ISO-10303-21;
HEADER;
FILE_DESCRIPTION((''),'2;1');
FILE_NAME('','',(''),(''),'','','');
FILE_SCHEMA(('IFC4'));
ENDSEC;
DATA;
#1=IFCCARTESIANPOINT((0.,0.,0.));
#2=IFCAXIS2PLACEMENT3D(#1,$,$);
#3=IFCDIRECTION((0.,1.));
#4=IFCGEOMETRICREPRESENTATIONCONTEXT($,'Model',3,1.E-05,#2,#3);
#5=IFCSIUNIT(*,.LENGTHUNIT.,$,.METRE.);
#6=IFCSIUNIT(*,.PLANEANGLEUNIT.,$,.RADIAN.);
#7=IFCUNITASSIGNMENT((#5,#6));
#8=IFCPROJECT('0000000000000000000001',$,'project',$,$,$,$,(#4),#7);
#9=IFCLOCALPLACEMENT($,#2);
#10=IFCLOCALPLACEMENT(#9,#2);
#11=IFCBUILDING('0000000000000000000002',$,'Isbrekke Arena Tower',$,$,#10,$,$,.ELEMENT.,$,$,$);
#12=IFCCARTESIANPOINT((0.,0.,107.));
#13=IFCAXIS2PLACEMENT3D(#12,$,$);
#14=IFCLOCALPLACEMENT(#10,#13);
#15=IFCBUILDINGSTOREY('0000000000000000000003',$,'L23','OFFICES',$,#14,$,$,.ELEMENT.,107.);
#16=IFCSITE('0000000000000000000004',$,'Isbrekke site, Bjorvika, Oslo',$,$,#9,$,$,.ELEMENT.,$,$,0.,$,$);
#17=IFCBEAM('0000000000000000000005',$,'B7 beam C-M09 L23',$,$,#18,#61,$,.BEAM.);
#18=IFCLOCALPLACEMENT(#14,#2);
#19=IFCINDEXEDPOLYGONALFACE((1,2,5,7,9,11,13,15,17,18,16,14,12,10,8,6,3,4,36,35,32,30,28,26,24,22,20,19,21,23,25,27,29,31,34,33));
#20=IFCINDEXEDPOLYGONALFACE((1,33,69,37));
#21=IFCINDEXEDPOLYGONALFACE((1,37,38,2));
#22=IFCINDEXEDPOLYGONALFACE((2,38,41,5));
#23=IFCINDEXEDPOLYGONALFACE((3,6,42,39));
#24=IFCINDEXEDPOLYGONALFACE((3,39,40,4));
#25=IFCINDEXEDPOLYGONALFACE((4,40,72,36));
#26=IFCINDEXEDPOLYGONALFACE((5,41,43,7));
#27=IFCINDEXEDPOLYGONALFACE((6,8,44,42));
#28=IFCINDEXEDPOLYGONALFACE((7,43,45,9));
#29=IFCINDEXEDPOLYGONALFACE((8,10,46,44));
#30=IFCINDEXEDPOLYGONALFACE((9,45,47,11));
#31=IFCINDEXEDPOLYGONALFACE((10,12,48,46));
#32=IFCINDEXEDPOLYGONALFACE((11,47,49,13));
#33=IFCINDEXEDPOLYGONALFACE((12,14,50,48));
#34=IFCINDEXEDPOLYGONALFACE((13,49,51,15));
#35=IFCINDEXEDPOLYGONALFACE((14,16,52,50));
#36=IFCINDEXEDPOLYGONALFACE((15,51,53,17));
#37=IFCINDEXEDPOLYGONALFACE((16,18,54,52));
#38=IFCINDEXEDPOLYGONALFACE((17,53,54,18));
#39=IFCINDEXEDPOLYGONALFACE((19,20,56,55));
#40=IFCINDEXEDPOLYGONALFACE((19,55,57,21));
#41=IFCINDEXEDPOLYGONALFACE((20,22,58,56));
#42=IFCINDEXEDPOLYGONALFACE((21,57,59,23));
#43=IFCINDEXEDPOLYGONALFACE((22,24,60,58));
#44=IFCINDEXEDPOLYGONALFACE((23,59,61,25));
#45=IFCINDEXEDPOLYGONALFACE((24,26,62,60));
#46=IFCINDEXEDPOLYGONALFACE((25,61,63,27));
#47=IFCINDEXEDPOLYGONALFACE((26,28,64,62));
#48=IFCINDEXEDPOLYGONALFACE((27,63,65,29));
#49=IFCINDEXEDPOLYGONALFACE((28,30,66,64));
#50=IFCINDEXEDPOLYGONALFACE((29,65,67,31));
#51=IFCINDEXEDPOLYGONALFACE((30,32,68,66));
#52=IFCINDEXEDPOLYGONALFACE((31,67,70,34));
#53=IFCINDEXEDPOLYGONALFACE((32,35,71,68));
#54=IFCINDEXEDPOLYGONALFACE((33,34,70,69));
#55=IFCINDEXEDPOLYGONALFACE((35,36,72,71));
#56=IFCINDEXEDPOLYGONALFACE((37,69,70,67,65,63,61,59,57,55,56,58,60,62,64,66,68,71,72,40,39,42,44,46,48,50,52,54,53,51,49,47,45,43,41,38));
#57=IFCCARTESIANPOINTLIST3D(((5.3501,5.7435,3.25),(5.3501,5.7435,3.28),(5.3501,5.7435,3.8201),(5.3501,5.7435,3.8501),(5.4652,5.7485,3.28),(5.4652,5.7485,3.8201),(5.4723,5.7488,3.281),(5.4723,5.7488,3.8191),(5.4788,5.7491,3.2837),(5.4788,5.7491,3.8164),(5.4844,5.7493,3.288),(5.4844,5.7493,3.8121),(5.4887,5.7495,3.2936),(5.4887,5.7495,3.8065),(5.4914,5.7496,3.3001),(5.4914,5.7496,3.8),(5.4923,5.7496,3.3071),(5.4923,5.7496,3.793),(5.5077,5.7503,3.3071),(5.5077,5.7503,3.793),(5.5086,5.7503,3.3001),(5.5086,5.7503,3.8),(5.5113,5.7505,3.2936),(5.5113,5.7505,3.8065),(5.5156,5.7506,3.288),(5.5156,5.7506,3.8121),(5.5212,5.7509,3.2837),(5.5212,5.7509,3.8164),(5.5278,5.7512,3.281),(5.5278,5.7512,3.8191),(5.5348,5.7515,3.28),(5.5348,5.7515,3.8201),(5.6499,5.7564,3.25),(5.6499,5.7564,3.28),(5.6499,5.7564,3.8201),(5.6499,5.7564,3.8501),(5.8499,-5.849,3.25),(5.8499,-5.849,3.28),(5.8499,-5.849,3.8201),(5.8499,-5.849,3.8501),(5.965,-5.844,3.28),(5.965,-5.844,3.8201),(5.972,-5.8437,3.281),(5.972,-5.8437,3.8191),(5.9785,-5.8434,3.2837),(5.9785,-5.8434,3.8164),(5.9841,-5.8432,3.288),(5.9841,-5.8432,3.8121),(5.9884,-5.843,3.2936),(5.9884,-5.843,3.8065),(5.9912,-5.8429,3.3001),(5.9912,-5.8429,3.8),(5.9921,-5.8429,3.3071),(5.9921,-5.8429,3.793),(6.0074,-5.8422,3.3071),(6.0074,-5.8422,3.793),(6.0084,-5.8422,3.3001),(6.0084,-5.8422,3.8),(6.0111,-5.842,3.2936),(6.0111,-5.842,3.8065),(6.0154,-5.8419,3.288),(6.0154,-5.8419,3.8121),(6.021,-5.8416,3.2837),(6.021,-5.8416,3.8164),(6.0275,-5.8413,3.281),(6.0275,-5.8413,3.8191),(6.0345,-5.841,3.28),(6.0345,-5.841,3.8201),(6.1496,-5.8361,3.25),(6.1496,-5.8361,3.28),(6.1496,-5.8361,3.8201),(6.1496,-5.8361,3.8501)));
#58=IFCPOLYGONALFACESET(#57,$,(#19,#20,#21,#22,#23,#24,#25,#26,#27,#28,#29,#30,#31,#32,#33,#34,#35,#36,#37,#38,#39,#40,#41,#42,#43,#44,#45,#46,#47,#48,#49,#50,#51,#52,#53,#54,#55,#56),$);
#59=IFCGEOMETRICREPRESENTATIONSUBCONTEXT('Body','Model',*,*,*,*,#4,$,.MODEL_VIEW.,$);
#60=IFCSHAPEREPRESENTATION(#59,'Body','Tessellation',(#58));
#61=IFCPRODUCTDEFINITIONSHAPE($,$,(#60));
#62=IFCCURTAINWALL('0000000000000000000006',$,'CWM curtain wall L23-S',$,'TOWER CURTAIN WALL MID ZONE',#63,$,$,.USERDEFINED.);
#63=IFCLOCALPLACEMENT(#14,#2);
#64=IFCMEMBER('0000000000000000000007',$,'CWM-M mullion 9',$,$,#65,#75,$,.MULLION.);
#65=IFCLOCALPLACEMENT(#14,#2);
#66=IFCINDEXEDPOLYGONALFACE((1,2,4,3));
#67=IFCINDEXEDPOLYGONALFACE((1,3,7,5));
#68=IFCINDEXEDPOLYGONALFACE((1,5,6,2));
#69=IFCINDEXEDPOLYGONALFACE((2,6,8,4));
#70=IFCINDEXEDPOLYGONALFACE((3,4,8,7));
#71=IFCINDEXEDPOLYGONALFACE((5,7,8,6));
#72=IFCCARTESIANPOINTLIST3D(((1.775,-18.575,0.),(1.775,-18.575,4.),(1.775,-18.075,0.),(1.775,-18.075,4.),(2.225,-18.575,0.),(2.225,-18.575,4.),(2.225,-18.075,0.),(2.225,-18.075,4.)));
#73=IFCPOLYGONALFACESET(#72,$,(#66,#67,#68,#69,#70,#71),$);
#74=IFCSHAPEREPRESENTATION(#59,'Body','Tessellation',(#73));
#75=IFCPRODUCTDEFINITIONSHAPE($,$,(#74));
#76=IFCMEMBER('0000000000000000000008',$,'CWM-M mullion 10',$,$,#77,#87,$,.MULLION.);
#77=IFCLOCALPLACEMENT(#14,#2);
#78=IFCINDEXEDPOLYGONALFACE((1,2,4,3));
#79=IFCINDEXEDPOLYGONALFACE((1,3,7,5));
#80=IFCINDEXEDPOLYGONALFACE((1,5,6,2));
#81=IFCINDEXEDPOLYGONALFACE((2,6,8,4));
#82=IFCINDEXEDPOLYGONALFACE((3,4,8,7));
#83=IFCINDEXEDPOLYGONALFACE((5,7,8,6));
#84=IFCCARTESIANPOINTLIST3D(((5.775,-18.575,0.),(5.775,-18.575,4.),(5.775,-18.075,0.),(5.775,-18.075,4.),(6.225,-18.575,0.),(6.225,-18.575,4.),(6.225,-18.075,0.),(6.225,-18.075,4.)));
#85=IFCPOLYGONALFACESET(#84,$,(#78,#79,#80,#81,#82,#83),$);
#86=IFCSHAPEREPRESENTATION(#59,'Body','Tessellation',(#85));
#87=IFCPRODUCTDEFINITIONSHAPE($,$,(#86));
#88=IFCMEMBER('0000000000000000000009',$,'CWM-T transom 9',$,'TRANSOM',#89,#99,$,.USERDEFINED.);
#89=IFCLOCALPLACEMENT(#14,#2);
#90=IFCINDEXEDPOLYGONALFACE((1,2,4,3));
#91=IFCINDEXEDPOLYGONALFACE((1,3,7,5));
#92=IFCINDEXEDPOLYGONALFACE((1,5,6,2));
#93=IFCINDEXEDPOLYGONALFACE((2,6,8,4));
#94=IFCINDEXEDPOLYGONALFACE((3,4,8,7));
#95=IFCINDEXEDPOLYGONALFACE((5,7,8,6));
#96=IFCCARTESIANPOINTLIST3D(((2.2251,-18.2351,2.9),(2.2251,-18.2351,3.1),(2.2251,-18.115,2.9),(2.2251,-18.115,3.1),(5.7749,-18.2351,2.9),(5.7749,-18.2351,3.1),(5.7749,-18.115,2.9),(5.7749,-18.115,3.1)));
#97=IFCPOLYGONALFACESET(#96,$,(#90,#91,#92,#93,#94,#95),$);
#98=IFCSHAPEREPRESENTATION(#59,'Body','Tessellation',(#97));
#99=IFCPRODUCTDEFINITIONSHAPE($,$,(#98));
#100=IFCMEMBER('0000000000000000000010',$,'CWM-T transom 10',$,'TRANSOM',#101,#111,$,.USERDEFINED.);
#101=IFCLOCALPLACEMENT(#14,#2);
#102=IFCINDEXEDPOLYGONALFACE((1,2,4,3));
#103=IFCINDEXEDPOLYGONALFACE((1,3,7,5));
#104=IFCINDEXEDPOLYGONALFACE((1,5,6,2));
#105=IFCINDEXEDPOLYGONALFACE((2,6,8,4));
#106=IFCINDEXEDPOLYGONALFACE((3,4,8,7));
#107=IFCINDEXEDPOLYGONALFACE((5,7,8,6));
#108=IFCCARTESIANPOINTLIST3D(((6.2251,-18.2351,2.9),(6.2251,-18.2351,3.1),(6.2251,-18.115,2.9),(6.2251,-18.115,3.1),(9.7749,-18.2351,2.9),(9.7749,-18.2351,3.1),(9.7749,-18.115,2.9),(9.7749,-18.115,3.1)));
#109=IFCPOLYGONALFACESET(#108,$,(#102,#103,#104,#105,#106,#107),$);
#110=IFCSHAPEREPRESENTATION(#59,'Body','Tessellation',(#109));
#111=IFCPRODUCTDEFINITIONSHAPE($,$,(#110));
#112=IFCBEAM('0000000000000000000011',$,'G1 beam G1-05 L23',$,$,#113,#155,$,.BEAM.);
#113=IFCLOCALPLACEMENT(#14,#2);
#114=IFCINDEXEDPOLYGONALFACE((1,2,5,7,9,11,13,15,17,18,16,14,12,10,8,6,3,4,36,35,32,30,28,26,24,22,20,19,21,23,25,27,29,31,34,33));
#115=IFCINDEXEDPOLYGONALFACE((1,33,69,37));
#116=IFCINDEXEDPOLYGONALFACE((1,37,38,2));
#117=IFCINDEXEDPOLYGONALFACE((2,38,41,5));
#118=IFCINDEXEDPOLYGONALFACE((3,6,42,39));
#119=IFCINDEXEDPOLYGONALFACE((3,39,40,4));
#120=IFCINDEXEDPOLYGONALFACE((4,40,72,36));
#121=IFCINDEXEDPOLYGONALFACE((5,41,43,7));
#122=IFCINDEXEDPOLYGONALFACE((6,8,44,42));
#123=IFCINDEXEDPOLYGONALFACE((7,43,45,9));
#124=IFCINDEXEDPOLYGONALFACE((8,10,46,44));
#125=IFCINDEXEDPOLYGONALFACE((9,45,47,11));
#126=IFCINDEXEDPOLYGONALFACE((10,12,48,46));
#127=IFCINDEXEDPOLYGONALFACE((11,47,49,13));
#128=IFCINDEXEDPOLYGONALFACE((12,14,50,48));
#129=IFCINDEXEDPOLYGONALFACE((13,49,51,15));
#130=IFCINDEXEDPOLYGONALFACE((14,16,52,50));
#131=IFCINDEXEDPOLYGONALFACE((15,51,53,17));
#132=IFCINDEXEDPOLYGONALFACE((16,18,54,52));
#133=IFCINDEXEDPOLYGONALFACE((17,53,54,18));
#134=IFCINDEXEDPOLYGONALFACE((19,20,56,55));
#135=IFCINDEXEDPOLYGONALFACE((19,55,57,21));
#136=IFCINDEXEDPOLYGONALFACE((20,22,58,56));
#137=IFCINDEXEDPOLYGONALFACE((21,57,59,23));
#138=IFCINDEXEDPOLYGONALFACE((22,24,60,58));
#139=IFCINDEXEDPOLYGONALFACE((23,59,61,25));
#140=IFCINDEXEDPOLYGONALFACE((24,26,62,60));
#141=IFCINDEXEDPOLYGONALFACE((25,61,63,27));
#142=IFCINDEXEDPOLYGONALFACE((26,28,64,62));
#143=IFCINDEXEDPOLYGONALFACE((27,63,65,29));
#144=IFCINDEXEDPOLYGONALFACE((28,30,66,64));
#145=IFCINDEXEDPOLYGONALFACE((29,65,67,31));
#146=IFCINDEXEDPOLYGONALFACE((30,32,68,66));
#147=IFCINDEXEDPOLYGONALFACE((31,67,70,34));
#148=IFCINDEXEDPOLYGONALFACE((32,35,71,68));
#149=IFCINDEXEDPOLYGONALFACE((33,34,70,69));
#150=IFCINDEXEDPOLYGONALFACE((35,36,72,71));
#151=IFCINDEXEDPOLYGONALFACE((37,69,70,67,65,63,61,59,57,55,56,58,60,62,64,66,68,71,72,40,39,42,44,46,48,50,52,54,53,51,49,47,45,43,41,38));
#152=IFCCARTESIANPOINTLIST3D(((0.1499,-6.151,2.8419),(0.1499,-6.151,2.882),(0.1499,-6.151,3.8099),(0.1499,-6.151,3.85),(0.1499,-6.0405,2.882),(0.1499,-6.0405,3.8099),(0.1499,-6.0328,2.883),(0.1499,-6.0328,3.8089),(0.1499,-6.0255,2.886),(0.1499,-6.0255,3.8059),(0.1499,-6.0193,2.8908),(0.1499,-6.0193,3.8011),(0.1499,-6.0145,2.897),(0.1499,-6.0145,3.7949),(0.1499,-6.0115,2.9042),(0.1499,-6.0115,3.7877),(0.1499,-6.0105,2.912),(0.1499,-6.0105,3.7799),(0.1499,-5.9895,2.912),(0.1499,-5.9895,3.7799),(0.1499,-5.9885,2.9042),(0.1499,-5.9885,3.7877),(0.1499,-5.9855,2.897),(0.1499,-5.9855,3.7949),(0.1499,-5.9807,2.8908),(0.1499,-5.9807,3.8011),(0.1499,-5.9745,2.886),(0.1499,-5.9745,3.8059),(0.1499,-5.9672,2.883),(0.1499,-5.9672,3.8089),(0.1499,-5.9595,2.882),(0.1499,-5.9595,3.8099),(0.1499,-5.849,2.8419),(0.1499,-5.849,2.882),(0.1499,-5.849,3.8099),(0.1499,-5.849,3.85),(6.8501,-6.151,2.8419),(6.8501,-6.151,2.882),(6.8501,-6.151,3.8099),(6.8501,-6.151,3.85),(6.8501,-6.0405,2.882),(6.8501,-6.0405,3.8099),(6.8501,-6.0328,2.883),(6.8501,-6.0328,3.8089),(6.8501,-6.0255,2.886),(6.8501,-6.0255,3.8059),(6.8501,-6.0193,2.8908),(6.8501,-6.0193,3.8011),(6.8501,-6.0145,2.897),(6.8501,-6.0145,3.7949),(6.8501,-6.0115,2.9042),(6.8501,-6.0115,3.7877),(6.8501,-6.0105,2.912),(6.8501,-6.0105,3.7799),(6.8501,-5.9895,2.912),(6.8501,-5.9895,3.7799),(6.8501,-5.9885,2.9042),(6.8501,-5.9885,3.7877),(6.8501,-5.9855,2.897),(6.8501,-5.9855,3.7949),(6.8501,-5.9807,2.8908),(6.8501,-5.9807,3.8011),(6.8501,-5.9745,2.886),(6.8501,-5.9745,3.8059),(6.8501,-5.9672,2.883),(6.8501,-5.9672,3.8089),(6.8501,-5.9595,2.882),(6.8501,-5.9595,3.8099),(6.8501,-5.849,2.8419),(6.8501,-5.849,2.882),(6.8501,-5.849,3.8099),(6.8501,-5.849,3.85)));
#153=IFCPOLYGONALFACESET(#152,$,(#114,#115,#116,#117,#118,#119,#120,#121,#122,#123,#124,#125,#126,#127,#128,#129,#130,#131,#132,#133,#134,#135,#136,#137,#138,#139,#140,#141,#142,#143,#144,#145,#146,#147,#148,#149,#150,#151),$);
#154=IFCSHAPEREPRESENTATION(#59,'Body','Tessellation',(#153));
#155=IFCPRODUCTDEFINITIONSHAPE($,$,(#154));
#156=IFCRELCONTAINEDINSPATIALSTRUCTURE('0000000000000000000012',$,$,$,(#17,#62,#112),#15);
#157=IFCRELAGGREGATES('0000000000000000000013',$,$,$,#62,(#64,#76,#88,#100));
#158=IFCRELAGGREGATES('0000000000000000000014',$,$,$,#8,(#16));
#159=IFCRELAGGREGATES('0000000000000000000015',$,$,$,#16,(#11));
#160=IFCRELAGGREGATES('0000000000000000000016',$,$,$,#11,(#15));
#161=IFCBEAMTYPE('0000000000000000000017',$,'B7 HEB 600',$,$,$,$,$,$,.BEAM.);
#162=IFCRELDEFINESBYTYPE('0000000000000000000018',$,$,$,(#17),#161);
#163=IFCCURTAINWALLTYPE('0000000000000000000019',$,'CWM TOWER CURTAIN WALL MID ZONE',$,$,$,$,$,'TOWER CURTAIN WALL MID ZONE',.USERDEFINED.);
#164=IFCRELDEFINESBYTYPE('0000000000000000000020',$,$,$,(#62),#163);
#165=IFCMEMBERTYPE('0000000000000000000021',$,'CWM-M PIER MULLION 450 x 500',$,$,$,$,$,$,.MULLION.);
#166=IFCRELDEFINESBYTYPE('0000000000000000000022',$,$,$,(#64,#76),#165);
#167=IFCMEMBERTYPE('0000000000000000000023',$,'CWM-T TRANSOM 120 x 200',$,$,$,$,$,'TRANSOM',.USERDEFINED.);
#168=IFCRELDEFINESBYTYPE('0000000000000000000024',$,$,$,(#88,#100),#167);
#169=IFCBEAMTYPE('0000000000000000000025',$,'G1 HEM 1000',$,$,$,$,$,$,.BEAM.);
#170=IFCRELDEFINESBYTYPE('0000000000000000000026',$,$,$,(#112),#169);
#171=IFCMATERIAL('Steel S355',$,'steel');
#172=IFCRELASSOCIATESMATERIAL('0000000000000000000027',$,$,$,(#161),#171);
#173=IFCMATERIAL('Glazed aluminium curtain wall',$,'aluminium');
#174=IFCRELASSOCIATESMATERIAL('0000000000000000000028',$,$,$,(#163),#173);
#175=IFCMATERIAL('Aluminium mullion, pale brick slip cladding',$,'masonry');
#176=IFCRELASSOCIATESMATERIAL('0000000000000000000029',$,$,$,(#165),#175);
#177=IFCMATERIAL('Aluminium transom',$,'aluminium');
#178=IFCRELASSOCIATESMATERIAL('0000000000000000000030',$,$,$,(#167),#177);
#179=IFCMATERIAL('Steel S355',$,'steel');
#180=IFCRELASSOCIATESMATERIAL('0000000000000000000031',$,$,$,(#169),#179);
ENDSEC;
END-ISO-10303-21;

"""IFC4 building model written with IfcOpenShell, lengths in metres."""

from ifc_helpers import new_model, si_unit, direction, frame, origin, origin_2d, place, context, subcontext, project, spatial, rectangle, i_section, extrude, material, material_profile, profile_set, type_object, element, aggregate, save


model = new_model("IFC4")

# Units and contexts
model_context = context("Model", 3, precision=1e-05, world=origin(), true_north=direction((0.0, 1.0)))
body_context = subcontext(model_context, "Body", "Model", "MODEL_VIEW")
ifc_project = project(units=[si_unit("LENGTHUNIT", "METRE"), si_unit("PLANEANGLEUNIT", "RADIAN")], contexts=[model_context])

# Site, building, storey
site_placement = place(None, origin())
site = spatial("IfcSite", under=ifc_project, at=site_placement, Name="Isbrekke site, Bjorvika, Oslo", CompositionType="ELEMENT", RefElevation=0.0)
building_placement = place(site_placement, origin())
building = spatial("IfcBuilding", under=site, at=building_placement, Name="Isbrekke Arena Tower", CompositionType="ELEMENT")
storey_placement = place(building_placement, frame((0.0, 0.0, 107.0)))
storey = spatial("IfcBuildingStorey", under=building, at=storey_placement, Name="L23", Description="OFFICES", CompositionType="ELEMENT", Elevation=107.0)

# Beam
ifc_material_1 = material(Name="Steel S355", Category="steel")
ifc_material_profile_1 = material_profile(ifc_material_1, i_section(OverallWidth=0.3, OverallDepth=0.6001, WebThickness=0.0154, FlangeThickness=0.03, FilletRadius=0.0271, at=origin_2d()), Name="HEB 600")
ifc_profile_set_1 = profile_set([ifc_material_profile_1], Name="Steel S355")
beam_type_1 = type_object("IfcBeamType", Name="B7 HEB 600", PredefinedType="BEAM", material=ifc_profile_set_1)
beam_1_placement = place(storey_placement, frame((5.9998, -5.8425, 3.55), z_axis=(-0.04307, 0.999072, 0.0), x_axis=(-0.999072, -0.04307, 0.0)))
element("IfcBeam", 1, at=beam_1_placement, inside=storey, type_object=beam_type_1, Name="B7 beam C-M09 L23", PredefinedType="BEAM", context=body_context, shape_type="SweptSolid", body=[
    extrude(i_section(OverallWidth=0.3, OverallDepth=0.6001, WebThickness=0.0154, FlangeThickness=0.03, FilletRadius=0.0271, at=origin_2d()), origin(), (0.0, 0.0, 1.0), 11.6033),
])

# Curtain wall, members
ifc_material_2 = material(Name="Glazed aluminium curtain wall", Category="aluminium")
curtain_wall_type = type_object("IfcCurtainWallType", Name="CWM TOWER CURTAIN WALL MID ZONE", ElementType="TOWER CURTAIN WALL MID ZONE", PredefinedType="USERDEFINED", material=ifc_material_2)
curtain_wall_placement = place(storey_placement, origin())
curtain_wall = element("IfcCurtainWall", 2, at=curtain_wall_placement, inside=storey, type_object=curtain_wall_type, Name="CWM curtain wall L23-S", ObjectType="TOWER CURTAIN WALL MID ZONE", PredefinedType="USERDEFINED")
ifc_material_3 = material(Name="Aluminium mullion, pale brick slip cladding", Category="masonry")
ifc_material_profile_2 = material_profile(ifc_material_3, rectangle(XDim=0.45, YDim=0.5, at=origin_2d()), Name="PIER 450X500")
ifc_profile_set_2 = profile_set([ifc_material_profile_2], Name="Aluminium mullion, pale brick slip cladding")
member_type_1 = type_object("IfcMemberType", Name="CWM-M PIER MULLION 450 x 500", PredefinedType="MULLION", material=ifc_profile_set_2)
member_1_placement = place(storey_placement, frame((2.0, -18.325, 0.0), z_axis=(0.0, 0.0, 1.0), x_axis=(1.0, 0.0, 0.0)))
member_1 = element("IfcMember", 3, at=member_1_placement, type_object=member_type_1, Name="CWM-M mullion 9", PredefinedType="MULLION", context=body_context, shape_type="SweptSolid", body=[
    extrude(rectangle(XDim=0.45, YDim=0.5, at=origin_2d()), origin(), (0.0, 0.0, 1.0), 4.0),
])
member_2_placement = place(storey_placement, frame((6.0, -18.325, 0.0), z_axis=(0.0, 0.0, 1.0), x_axis=(1.0, 0.0, 0.0)))
member_2 = element("IfcMember", 4, at=member_2_placement, type_object=member_type_1, Name="CWM-M mullion 10", PredefinedType="MULLION", context=body_context, shape_type="SweptSolid", body=[
    extrude(rectangle(XDim=0.45, YDim=0.5, at=origin_2d()), origin(), (0.0, 0.0, 1.0), 4.0),
])
ifc_material_4 = material(Name="Aluminium transom", Category="aluminium")
ifc_material_profile_3 = material_profile(ifc_material_4, rectangle(XDim=0.1201, YDim=0.2, at=origin_2d()), Name="TRANSOM 120X200")
ifc_profile_set_3 = profile_set([ifc_material_profile_3], Name="Aluminium transom")
member_type_2 = type_object("IfcMemberType", Name="CWM-T TRANSOM 120 x 200", ElementType="TRANSOM", PredefinedType="USERDEFINED", material=ifc_profile_set_3)
member_3_placement = place(storey_placement, frame((2.2251, -18.175, 3.0), z_axis=(1.0, 0.0, 0.0), x_axis=(0.0, 1.0, 0.0)))
member_3 = element("IfcMember", 5, at=member_3_placement, type_object=member_type_2, Name="CWM-T transom 9", ObjectType="TRANSOM", PredefinedType="USERDEFINED", context=body_context, shape_type="SweptSolid", body=[
    extrude(rectangle(XDim=0.1201, YDim=0.2, at=origin_2d()), origin(), (0.0, 0.0, 1.0), 3.5498),
])
member_4_placement = place(storey_placement, frame((6.2251, -18.175, 3.0), z_axis=(1.0, 0.0, 0.0), x_axis=(0.0, 1.0, 0.0)))
member_4 = element("IfcMember", 6, at=member_4_placement, type_object=member_type_2, Name="CWM-T transom 10", ObjectType="TRANSOM", PredefinedType="USERDEFINED", context=body_context, shape_type="SweptSolid", body=[
    extrude(rectangle(XDim=0.1201, YDim=0.2, at=origin_2d()), origin(), (0.0, 0.0, 1.0), 3.5498),
])

# Beam
ifc_material_5 = material(Name="Steel S355", Category="steel")
ifc_material_profile_4 = material_profile(ifc_material_5, i_section(OverallWidth=0.302, OverallDepth=1.0081, WebThickness=0.021, FlangeThickness=0.04, FilletRadius=0.03, at=origin_2d()), Name="HEM 1000")
ifc_profile_set_4 = profile_set([ifc_material_profile_4], Name="Steel S355")
beam_type_2 = type_object("IfcBeamType", Name="G1 HEM 1000", PredefinedType="BEAM", material=ifc_profile_set_4)
for number, where, z_axis, x_axis, name in (
    (7, (0.1499, -6.0, 3.3459), (1.0, 0.0, 0.0), (0.0, 1.0, 0.0), "G1 beam G1-05 L23"),
):
    element("IfcBeam", number, at=place(storey_placement, frame(where, z_axis=z_axis, x_axis=x_axis)), inside=storey, type_object=beam_type_2, Name=name, PredefinedType="BEAM", context=body_context, shape_type="SweptSolid", body=[
        extrude(i_section(OverallWidth=0.302, OverallDepth=1.0081, WebThickness=0.021, FlangeThickness=0.04, FilletRadius=0.03, at=origin_2d()), origin(), (0.0, 0.0, 1.0), 6.7002),
    ])

aggregate(curtain_wall, [member_1, member_2, member_3, member_4])

save(model, "model.ifc")
